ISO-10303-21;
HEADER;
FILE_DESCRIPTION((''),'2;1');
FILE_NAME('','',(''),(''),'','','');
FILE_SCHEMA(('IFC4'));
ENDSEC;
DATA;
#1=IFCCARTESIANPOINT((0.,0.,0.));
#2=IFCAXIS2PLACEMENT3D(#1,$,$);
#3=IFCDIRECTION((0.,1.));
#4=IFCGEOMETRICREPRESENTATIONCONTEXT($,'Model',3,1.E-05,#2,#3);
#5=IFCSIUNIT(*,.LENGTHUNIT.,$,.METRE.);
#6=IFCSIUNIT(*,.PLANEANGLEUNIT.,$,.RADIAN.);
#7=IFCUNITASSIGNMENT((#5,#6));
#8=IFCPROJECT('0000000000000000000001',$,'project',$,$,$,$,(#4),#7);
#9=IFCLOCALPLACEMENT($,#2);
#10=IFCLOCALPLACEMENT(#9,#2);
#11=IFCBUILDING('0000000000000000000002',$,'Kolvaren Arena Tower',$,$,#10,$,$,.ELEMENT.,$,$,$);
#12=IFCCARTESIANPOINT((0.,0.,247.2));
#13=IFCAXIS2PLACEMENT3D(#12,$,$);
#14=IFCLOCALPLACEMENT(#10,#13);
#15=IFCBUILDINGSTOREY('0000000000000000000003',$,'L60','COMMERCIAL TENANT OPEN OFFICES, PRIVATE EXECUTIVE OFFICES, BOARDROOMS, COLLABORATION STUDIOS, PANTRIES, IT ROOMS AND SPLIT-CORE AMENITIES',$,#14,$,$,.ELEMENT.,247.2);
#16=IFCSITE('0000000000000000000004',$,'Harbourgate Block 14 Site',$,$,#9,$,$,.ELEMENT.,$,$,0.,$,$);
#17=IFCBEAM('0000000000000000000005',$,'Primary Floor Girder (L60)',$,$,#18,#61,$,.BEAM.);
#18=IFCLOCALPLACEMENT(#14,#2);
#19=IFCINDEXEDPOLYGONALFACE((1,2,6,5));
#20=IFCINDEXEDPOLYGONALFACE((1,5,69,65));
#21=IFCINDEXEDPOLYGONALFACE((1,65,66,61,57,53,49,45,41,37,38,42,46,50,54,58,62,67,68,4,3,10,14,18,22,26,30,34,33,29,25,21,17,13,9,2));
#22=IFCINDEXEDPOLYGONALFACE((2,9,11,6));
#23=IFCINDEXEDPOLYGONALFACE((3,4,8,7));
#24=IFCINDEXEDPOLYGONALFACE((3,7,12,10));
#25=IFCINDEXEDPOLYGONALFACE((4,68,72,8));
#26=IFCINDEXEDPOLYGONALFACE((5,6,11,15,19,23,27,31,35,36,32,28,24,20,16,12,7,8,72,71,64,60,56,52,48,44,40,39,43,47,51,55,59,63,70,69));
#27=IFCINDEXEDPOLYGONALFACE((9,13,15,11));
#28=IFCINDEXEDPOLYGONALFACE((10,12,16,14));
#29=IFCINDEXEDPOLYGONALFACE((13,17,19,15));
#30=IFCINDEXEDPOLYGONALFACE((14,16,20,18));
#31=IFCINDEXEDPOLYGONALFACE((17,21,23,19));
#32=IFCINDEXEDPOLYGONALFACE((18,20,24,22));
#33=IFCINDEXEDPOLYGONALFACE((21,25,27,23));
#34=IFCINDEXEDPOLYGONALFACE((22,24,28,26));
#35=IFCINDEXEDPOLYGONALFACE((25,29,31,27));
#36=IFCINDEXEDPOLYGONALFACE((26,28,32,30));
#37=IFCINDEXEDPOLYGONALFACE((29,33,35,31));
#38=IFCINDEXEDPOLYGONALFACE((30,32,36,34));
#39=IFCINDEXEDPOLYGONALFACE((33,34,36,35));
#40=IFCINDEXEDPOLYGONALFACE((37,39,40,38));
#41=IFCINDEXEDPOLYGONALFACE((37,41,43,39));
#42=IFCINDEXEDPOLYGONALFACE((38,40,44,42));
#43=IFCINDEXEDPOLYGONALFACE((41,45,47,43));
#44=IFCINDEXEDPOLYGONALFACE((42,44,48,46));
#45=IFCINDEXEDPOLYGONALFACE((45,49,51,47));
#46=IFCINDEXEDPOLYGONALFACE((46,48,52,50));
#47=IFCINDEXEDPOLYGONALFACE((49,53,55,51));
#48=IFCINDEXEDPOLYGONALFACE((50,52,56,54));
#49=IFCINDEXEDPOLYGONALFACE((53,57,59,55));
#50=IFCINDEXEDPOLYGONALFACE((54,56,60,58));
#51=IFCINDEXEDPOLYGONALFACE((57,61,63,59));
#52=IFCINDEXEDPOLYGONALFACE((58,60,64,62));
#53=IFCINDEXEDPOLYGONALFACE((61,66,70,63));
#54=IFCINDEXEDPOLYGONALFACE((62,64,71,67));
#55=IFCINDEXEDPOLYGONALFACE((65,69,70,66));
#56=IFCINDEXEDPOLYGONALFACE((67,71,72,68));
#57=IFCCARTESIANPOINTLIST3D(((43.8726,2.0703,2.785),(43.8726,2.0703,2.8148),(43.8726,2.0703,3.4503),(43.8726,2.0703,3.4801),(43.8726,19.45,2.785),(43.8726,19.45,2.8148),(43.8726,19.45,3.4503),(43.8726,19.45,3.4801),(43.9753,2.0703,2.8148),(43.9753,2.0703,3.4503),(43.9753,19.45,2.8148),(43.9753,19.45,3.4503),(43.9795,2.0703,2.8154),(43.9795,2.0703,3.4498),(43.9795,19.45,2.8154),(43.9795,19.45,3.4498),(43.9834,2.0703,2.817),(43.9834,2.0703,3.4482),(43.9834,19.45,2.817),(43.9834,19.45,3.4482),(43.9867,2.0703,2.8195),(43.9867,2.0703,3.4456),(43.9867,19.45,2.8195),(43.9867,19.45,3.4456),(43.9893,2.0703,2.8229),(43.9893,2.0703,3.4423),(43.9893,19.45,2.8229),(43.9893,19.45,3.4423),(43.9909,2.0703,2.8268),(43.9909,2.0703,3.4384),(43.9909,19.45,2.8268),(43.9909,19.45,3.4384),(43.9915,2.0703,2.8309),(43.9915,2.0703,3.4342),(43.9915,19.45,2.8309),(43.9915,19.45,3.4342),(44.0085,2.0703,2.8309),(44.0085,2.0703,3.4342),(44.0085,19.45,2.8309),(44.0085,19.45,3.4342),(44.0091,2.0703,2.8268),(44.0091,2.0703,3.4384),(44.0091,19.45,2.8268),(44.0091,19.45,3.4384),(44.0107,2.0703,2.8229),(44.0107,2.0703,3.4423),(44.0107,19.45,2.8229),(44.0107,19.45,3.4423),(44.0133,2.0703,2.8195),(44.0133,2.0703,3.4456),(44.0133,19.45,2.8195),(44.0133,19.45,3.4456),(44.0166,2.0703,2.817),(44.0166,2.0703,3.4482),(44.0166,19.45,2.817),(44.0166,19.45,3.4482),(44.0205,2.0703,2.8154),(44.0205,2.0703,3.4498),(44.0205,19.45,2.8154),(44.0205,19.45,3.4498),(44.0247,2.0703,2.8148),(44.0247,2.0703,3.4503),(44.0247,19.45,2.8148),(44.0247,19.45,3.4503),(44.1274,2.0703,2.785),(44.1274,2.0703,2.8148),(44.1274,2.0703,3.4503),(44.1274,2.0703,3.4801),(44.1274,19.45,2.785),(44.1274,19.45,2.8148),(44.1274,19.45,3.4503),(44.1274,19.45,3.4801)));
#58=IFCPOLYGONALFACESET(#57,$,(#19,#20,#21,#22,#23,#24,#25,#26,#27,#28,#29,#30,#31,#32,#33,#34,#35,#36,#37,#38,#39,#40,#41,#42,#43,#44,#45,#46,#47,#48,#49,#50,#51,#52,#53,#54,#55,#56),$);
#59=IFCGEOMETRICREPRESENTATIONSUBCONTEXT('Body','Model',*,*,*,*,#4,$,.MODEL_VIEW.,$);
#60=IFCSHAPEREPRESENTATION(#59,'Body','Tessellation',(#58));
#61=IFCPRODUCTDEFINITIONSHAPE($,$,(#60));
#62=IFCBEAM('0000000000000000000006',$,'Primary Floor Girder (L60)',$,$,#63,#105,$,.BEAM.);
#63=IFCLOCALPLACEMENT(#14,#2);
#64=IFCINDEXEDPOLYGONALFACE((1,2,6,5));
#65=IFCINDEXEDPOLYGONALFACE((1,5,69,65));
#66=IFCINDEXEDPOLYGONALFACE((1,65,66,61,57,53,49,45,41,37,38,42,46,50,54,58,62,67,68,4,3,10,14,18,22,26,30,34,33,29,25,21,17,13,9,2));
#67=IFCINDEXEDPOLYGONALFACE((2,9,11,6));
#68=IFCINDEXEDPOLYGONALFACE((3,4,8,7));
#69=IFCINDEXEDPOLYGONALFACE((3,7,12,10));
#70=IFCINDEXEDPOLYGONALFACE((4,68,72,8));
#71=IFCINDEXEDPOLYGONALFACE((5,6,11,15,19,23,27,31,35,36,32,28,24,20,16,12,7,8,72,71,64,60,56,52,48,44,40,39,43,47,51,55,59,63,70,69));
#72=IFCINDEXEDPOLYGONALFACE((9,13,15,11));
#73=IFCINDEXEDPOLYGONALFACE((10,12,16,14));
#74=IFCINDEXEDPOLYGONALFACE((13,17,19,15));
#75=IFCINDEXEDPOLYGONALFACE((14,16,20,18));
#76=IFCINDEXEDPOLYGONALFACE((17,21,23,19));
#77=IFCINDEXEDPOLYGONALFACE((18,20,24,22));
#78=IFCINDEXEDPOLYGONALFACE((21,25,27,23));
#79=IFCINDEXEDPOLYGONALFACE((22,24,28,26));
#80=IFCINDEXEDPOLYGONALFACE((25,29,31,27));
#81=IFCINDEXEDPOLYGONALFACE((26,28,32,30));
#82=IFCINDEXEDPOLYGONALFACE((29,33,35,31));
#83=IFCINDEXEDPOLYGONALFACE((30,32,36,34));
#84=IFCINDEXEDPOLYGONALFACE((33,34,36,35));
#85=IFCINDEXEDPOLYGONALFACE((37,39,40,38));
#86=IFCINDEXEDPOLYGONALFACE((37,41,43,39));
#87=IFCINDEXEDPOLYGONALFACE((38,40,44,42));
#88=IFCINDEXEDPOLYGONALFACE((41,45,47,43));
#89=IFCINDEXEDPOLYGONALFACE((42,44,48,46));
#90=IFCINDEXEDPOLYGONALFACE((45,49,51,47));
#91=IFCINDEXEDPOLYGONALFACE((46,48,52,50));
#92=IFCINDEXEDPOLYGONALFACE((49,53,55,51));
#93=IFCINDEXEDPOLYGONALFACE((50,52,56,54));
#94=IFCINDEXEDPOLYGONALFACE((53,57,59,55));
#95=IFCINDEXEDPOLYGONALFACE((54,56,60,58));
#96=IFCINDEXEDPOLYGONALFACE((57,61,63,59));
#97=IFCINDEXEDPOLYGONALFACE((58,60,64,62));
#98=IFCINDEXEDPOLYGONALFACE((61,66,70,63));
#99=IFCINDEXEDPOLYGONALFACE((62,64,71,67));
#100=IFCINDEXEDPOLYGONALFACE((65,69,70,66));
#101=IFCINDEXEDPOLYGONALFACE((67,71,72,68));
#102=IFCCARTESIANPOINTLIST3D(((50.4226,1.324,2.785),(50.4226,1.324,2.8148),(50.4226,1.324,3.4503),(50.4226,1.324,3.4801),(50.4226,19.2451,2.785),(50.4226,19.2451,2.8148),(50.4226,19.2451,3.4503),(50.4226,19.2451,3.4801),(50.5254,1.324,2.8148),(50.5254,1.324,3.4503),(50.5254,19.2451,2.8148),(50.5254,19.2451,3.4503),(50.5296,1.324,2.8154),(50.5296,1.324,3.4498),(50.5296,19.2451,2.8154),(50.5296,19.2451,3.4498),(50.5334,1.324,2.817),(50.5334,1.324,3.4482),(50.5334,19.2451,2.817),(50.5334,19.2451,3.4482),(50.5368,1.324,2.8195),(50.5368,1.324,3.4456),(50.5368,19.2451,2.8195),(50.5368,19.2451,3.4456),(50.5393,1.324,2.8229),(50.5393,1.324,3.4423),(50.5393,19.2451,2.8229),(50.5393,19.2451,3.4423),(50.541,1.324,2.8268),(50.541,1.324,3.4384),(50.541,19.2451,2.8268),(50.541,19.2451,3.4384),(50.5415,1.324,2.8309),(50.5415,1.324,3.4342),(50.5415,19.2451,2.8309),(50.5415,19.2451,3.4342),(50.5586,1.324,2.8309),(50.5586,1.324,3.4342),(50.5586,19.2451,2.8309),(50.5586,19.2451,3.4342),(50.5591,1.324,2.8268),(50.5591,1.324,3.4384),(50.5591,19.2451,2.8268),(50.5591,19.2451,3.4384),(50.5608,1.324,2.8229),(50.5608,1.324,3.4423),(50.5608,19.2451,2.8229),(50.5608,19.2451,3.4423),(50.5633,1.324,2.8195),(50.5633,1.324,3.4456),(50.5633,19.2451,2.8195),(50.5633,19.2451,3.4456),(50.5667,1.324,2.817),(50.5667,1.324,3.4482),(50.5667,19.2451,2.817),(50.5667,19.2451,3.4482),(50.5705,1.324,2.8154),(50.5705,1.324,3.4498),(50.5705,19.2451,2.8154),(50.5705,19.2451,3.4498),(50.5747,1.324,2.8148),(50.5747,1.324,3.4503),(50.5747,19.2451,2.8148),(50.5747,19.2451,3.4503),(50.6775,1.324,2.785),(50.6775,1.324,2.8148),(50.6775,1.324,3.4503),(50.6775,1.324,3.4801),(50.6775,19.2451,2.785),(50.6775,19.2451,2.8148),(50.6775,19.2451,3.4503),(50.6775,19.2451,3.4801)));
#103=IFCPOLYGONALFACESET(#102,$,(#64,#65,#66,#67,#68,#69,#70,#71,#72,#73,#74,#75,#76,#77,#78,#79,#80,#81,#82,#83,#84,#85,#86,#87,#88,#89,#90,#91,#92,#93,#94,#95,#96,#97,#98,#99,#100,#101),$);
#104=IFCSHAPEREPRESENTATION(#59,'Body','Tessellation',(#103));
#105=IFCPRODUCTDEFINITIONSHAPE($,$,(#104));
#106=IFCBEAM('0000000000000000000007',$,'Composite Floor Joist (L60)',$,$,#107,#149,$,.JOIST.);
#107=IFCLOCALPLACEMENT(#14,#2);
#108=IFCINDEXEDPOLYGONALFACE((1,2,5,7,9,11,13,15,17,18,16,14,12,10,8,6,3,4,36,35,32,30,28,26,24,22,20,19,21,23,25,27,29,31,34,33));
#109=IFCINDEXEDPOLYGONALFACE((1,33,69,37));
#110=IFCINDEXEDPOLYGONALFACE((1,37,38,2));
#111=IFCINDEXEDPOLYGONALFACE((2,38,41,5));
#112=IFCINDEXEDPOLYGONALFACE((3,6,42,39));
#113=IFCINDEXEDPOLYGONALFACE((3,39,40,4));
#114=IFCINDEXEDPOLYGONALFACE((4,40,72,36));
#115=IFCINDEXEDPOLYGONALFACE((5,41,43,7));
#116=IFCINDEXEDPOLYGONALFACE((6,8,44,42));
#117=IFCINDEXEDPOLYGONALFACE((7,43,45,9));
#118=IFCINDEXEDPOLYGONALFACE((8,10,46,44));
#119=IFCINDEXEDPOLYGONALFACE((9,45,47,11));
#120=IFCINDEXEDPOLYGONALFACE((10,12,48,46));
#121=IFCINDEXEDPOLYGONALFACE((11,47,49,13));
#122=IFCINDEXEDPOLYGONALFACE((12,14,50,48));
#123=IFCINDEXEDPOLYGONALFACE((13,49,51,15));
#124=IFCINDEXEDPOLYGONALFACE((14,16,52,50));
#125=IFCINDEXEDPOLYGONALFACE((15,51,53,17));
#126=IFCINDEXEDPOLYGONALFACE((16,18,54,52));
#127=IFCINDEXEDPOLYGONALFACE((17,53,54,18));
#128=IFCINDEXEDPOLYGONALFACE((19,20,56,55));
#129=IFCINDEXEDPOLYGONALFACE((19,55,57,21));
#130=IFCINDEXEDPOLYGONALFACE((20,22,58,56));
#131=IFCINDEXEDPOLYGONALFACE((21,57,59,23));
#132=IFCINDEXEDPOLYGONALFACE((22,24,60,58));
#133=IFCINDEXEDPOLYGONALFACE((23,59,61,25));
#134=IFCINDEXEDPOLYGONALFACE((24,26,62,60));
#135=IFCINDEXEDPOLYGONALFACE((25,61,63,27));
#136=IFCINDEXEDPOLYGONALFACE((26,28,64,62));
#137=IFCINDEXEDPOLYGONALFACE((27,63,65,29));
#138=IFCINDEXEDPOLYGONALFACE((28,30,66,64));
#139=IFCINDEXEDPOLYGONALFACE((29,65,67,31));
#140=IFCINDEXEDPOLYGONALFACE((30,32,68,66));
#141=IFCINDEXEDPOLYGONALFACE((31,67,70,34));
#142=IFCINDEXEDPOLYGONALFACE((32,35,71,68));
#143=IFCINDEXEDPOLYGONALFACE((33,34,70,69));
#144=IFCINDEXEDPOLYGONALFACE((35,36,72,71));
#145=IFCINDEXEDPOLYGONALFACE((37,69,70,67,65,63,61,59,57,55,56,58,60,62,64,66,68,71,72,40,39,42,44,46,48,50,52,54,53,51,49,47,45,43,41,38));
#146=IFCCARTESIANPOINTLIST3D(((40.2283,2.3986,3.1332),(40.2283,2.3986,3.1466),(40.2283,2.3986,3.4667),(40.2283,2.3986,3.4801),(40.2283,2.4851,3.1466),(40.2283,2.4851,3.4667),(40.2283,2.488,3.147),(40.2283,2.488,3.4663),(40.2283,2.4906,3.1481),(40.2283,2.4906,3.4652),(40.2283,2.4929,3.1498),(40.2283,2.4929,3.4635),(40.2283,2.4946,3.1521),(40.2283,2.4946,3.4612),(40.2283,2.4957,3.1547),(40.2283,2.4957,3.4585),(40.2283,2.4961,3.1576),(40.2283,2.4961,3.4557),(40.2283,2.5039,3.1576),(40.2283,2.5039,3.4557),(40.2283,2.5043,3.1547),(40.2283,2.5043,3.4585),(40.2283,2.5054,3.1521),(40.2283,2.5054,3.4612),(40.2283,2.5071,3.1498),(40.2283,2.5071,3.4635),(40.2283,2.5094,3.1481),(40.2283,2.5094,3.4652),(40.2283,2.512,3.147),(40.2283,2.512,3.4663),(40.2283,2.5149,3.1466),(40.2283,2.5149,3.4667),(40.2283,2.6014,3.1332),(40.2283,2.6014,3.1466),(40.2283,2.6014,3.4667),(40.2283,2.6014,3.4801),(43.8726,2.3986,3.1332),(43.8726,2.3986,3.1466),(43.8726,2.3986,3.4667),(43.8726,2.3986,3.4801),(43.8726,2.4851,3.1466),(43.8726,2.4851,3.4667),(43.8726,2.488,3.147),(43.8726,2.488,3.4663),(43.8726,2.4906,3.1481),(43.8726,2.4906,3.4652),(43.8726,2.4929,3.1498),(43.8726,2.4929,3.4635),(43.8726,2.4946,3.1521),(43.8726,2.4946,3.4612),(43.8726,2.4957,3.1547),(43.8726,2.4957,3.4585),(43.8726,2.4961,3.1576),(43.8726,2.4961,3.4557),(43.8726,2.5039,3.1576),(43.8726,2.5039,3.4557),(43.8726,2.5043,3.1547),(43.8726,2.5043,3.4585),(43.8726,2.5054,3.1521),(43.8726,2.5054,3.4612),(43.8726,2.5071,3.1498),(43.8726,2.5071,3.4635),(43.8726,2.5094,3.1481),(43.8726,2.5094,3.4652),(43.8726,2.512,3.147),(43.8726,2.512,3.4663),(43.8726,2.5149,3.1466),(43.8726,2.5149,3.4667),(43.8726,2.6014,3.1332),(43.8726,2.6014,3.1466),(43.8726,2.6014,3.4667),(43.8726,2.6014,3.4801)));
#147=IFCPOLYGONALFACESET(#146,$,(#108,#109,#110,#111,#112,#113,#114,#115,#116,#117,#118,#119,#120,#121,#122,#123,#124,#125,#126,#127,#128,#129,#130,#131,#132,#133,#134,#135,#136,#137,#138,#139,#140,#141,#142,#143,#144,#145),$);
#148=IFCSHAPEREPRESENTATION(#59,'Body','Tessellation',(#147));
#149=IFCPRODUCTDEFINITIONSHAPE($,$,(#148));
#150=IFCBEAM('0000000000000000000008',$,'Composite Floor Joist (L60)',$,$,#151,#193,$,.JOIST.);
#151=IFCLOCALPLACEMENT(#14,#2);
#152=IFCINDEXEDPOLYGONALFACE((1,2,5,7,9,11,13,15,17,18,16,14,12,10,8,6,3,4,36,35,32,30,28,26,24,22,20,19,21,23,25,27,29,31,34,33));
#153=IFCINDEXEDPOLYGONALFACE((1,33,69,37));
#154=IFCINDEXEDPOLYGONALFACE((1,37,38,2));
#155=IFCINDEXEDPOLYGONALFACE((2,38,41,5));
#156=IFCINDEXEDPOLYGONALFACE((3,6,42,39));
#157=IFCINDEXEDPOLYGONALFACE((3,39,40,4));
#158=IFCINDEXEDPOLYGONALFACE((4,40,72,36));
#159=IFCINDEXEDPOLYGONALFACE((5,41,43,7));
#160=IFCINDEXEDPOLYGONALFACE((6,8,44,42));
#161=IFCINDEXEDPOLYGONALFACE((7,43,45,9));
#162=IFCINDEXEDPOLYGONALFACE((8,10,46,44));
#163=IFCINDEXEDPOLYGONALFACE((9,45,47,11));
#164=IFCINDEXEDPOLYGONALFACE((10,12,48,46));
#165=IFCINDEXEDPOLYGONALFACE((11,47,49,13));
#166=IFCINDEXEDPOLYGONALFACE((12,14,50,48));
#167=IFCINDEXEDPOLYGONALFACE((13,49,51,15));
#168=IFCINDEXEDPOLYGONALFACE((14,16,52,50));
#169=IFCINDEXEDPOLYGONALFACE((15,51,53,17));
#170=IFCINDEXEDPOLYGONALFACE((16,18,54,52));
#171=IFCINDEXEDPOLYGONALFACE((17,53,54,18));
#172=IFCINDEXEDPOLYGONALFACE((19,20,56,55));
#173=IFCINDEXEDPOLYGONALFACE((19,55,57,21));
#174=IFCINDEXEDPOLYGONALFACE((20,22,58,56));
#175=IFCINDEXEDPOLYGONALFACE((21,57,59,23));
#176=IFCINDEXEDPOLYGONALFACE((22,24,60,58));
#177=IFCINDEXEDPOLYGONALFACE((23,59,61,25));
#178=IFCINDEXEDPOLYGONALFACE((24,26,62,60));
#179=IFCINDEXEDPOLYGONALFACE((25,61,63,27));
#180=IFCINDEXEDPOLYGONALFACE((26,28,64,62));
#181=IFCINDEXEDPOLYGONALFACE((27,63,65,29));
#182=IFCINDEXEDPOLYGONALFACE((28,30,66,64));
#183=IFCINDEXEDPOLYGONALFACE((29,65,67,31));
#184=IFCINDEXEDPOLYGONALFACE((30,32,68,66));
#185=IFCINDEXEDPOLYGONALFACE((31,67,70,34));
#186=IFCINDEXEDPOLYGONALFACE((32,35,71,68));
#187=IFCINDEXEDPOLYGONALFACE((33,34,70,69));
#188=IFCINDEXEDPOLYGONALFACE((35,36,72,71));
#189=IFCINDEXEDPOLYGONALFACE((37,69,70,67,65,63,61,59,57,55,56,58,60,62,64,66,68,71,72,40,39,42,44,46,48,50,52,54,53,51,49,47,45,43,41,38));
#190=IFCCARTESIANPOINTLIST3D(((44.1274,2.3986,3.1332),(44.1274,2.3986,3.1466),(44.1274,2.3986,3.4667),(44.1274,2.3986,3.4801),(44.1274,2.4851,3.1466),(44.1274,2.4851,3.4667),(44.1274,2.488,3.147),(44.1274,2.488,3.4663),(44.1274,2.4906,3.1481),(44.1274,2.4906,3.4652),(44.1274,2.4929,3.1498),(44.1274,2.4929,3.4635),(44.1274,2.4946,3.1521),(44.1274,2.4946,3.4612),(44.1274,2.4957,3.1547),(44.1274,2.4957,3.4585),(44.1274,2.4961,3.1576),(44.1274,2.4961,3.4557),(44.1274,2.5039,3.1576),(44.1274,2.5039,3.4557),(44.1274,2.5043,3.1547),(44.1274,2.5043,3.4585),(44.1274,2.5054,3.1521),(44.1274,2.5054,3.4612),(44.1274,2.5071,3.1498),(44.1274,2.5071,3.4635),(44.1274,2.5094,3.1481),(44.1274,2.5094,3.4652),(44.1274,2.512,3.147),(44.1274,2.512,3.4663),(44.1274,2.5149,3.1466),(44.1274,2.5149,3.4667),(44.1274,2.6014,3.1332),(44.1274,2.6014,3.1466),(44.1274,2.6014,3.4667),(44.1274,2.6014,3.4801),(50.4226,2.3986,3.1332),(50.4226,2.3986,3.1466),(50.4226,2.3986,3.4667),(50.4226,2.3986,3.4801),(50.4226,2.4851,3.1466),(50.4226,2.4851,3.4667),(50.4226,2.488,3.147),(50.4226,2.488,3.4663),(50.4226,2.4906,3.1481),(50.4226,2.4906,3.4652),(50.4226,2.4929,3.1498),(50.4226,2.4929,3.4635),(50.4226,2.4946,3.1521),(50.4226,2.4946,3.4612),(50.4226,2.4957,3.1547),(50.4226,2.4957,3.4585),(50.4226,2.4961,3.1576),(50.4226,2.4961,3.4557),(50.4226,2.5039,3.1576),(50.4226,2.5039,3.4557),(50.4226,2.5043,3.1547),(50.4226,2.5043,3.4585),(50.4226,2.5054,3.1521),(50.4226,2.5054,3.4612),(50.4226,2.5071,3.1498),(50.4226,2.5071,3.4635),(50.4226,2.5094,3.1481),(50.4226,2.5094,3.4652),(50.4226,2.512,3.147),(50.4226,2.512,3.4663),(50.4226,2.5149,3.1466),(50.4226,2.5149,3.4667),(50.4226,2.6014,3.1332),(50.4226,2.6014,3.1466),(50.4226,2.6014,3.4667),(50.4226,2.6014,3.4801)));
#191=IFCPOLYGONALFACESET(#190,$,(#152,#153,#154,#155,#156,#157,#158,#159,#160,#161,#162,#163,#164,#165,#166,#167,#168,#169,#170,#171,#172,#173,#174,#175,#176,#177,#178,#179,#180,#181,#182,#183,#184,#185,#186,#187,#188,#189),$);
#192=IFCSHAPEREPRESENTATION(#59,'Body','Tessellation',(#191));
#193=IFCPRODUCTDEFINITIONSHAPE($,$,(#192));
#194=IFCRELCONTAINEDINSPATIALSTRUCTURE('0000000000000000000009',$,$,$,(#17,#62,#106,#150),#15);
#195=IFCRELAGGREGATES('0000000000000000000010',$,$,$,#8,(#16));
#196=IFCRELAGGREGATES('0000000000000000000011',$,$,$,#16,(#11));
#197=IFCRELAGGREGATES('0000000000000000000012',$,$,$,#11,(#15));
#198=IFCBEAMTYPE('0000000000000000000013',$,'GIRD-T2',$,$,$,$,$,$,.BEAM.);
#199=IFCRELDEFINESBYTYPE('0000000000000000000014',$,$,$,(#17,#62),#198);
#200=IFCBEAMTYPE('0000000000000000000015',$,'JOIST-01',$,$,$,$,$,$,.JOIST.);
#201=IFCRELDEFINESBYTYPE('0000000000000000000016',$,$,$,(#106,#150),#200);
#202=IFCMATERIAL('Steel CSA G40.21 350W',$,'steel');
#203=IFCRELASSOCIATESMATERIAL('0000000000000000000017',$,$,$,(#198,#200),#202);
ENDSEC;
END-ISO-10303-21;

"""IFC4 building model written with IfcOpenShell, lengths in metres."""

from ifc_helpers import new_model, si_unit, direction, frame, origin, origin_2d, place, context, subcontext, project, spatial, i_section, extrude, material, material_profile, profile_set, type_object, element, save


model = new_model("IFC4")

# Units and contexts
model_context = context("Model", 3, precision=1e-05, world=origin(), true_north=direction((0.0, 1.0)))
body_context = subcontext(model_context, "Body", "Model", "MODEL_VIEW")
ifc_project = project(units=[si_unit("LENGTHUNIT", "METRE"), si_unit("PLANEANGLEUNIT", "RADIAN")], contexts=[model_context])

# Site, building, storey
site_placement = place(None, origin())
site = spatial("IfcSite", under=ifc_project, at=site_placement, Name="Harbourgate Block 14 Site", CompositionType="ELEMENT", RefElevation=0.0)
building_placement = place(site_placement, origin())
building = spatial("IfcBuilding", under=site, at=building_placement, Name="Kolvaren Arena Tower", CompositionType="ELEMENT")
storey_placement = place(building_placement, frame((0.0, 0.0, 247.2)))
storey = spatial("IfcBuildingStorey", under=building, at=storey_placement, Name="L60", Description="COMMERCIAL TENANT OPEN OFFICES, PRIVATE EXECUTIVE OFFICES, BOARDROOMS, COLLABORATION STUDIOS, PANTRIES, IT ROOMS AND SPLIT-CORE AMENITIES", CompositionType="ELEMENT", Elevation=247.2)

# Beams
ifc_material_1 = material(Name="Steel CSA G40.21 350W", Category="steel")
ifc_material_profile_1 = material_profile(ifc_material_1, i_section(OverallWidth=0.2549, OverallDepth=0.6951, WebThickness=0.0171, FlangeThickness=0.0298, FilletRadius=0.0161, at=origin_2d()), Name="W690x217")
ifc_profile_set_1 = profile_set([ifc_material_profile_1], Name="Steel CSA G40.21 350W")
beam_type_1 = type_object("IfcBeamType", Name="GIRD-T2", PredefinedType="BEAM", material=ifc_profile_set_1)
beam_1_placement = place(storey_placement, frame((44.0, 2.0703, 3.1326), z_axis=(0.0, 1.0, 0.0), x_axis=(-1.0, 0.0, 0.0)))
element("IfcBeam", 1, at=beam_1_placement, inside=storey, type_object=beam_type_1, Name="Primary Floor Girder (L60)", PredefinedType="BEAM", context=body_context, shape_type="SweptSolid", body=[
    extrude(i_section(OverallWidth=0.2549, OverallDepth=0.6951, WebThickness=0.0171, FlangeThickness=0.0298, FilletRadius=0.0161, at=origin_2d()), origin(), (0.0, 0.0, 1.0), 17.3796),
])
beam_2_placement = place(storey_placement, frame((50.55, 1.324, 3.1326), z_axis=(0.0, 1.0, 0.0), x_axis=(-1.0, 0.0, 0.0)))
element("IfcBeam", 2, at=beam_2_placement, inside=storey, type_object=beam_type_1, Name="Primary Floor Girder (L60)", PredefinedType="BEAM", context=body_context, shape_type="SweptSolid", body=[
    extrude(i_section(OverallWidth=0.2549, OverallDepth=0.6951, WebThickness=0.0171, FlangeThickness=0.0298, FilletRadius=0.0161, at=origin_2d()), origin(), (0.0, 0.0, 1.0), 17.9211),
])
ifc_material_profile_2 = material_profile(ifc_material_1, i_section(OverallWidth=0.2029, OverallDepth=0.3469, WebThickness=0.0078, FlangeThickness=0.0134, FilletRadius=0.011, at=origin_2d()), Name="W360x64")
ifc_profile_set_2 = profile_set([ifc_material_profile_2], Name="Steel CSA G40.21 350W")
beam_type_2 = type_object("IfcBeamType", Name="JOIST-01", PredefinedType="JOIST", material=ifc_profile_set_2)
beam_3_placement = place(storey_placement, frame((40.2283, 2.5, 3.3066), z_axis=(1.0, 0.0, 0.0), x_axis=(0.0, 1.0, 0.0)))
element("IfcBeam", 3, at=beam_3_placement, inside=storey, type_object=beam_type_2, Name="Composite Floor Joist (L60)", PredefinedType="JOIST", context=body_context, shape_type="SweptSolid", body=[
    extrude(i_section(OverallWidth=0.2029, OverallDepth=0.3469, WebThickness=0.0078, FlangeThickness=0.0134, FilletRadius=0.011, at=origin_2d()), origin(), (0.0, 0.0, 1.0), 3.6443),
])
for number, where, z_axis, x_axis, name in (
    (4, (44.1274, 2.5, 3.3066), (1.0, 0.0, 0.0), (0.0, 1.0, 0.0), "Composite Floor Joist (L60)"),
):
    element("IfcBeam", number, at=place(storey_placement, frame(where, z_axis=z_axis, x_axis=x_axis)), inside=storey, type_object=beam_type_2, Name=name, PredefinedType="JOIST", context=body_context, shape_type="SweptSolid", body=[
        extrude(i_section(OverallWidth=0.2029, OverallDepth=0.3469, WebThickness=0.0078, FlangeThickness=0.0134, FilletRadius=0.011, at=origin_2d()), origin(), (0.0, 0.0, 1.0), 6.2952),
    ])

save(model, "model.ifc")
